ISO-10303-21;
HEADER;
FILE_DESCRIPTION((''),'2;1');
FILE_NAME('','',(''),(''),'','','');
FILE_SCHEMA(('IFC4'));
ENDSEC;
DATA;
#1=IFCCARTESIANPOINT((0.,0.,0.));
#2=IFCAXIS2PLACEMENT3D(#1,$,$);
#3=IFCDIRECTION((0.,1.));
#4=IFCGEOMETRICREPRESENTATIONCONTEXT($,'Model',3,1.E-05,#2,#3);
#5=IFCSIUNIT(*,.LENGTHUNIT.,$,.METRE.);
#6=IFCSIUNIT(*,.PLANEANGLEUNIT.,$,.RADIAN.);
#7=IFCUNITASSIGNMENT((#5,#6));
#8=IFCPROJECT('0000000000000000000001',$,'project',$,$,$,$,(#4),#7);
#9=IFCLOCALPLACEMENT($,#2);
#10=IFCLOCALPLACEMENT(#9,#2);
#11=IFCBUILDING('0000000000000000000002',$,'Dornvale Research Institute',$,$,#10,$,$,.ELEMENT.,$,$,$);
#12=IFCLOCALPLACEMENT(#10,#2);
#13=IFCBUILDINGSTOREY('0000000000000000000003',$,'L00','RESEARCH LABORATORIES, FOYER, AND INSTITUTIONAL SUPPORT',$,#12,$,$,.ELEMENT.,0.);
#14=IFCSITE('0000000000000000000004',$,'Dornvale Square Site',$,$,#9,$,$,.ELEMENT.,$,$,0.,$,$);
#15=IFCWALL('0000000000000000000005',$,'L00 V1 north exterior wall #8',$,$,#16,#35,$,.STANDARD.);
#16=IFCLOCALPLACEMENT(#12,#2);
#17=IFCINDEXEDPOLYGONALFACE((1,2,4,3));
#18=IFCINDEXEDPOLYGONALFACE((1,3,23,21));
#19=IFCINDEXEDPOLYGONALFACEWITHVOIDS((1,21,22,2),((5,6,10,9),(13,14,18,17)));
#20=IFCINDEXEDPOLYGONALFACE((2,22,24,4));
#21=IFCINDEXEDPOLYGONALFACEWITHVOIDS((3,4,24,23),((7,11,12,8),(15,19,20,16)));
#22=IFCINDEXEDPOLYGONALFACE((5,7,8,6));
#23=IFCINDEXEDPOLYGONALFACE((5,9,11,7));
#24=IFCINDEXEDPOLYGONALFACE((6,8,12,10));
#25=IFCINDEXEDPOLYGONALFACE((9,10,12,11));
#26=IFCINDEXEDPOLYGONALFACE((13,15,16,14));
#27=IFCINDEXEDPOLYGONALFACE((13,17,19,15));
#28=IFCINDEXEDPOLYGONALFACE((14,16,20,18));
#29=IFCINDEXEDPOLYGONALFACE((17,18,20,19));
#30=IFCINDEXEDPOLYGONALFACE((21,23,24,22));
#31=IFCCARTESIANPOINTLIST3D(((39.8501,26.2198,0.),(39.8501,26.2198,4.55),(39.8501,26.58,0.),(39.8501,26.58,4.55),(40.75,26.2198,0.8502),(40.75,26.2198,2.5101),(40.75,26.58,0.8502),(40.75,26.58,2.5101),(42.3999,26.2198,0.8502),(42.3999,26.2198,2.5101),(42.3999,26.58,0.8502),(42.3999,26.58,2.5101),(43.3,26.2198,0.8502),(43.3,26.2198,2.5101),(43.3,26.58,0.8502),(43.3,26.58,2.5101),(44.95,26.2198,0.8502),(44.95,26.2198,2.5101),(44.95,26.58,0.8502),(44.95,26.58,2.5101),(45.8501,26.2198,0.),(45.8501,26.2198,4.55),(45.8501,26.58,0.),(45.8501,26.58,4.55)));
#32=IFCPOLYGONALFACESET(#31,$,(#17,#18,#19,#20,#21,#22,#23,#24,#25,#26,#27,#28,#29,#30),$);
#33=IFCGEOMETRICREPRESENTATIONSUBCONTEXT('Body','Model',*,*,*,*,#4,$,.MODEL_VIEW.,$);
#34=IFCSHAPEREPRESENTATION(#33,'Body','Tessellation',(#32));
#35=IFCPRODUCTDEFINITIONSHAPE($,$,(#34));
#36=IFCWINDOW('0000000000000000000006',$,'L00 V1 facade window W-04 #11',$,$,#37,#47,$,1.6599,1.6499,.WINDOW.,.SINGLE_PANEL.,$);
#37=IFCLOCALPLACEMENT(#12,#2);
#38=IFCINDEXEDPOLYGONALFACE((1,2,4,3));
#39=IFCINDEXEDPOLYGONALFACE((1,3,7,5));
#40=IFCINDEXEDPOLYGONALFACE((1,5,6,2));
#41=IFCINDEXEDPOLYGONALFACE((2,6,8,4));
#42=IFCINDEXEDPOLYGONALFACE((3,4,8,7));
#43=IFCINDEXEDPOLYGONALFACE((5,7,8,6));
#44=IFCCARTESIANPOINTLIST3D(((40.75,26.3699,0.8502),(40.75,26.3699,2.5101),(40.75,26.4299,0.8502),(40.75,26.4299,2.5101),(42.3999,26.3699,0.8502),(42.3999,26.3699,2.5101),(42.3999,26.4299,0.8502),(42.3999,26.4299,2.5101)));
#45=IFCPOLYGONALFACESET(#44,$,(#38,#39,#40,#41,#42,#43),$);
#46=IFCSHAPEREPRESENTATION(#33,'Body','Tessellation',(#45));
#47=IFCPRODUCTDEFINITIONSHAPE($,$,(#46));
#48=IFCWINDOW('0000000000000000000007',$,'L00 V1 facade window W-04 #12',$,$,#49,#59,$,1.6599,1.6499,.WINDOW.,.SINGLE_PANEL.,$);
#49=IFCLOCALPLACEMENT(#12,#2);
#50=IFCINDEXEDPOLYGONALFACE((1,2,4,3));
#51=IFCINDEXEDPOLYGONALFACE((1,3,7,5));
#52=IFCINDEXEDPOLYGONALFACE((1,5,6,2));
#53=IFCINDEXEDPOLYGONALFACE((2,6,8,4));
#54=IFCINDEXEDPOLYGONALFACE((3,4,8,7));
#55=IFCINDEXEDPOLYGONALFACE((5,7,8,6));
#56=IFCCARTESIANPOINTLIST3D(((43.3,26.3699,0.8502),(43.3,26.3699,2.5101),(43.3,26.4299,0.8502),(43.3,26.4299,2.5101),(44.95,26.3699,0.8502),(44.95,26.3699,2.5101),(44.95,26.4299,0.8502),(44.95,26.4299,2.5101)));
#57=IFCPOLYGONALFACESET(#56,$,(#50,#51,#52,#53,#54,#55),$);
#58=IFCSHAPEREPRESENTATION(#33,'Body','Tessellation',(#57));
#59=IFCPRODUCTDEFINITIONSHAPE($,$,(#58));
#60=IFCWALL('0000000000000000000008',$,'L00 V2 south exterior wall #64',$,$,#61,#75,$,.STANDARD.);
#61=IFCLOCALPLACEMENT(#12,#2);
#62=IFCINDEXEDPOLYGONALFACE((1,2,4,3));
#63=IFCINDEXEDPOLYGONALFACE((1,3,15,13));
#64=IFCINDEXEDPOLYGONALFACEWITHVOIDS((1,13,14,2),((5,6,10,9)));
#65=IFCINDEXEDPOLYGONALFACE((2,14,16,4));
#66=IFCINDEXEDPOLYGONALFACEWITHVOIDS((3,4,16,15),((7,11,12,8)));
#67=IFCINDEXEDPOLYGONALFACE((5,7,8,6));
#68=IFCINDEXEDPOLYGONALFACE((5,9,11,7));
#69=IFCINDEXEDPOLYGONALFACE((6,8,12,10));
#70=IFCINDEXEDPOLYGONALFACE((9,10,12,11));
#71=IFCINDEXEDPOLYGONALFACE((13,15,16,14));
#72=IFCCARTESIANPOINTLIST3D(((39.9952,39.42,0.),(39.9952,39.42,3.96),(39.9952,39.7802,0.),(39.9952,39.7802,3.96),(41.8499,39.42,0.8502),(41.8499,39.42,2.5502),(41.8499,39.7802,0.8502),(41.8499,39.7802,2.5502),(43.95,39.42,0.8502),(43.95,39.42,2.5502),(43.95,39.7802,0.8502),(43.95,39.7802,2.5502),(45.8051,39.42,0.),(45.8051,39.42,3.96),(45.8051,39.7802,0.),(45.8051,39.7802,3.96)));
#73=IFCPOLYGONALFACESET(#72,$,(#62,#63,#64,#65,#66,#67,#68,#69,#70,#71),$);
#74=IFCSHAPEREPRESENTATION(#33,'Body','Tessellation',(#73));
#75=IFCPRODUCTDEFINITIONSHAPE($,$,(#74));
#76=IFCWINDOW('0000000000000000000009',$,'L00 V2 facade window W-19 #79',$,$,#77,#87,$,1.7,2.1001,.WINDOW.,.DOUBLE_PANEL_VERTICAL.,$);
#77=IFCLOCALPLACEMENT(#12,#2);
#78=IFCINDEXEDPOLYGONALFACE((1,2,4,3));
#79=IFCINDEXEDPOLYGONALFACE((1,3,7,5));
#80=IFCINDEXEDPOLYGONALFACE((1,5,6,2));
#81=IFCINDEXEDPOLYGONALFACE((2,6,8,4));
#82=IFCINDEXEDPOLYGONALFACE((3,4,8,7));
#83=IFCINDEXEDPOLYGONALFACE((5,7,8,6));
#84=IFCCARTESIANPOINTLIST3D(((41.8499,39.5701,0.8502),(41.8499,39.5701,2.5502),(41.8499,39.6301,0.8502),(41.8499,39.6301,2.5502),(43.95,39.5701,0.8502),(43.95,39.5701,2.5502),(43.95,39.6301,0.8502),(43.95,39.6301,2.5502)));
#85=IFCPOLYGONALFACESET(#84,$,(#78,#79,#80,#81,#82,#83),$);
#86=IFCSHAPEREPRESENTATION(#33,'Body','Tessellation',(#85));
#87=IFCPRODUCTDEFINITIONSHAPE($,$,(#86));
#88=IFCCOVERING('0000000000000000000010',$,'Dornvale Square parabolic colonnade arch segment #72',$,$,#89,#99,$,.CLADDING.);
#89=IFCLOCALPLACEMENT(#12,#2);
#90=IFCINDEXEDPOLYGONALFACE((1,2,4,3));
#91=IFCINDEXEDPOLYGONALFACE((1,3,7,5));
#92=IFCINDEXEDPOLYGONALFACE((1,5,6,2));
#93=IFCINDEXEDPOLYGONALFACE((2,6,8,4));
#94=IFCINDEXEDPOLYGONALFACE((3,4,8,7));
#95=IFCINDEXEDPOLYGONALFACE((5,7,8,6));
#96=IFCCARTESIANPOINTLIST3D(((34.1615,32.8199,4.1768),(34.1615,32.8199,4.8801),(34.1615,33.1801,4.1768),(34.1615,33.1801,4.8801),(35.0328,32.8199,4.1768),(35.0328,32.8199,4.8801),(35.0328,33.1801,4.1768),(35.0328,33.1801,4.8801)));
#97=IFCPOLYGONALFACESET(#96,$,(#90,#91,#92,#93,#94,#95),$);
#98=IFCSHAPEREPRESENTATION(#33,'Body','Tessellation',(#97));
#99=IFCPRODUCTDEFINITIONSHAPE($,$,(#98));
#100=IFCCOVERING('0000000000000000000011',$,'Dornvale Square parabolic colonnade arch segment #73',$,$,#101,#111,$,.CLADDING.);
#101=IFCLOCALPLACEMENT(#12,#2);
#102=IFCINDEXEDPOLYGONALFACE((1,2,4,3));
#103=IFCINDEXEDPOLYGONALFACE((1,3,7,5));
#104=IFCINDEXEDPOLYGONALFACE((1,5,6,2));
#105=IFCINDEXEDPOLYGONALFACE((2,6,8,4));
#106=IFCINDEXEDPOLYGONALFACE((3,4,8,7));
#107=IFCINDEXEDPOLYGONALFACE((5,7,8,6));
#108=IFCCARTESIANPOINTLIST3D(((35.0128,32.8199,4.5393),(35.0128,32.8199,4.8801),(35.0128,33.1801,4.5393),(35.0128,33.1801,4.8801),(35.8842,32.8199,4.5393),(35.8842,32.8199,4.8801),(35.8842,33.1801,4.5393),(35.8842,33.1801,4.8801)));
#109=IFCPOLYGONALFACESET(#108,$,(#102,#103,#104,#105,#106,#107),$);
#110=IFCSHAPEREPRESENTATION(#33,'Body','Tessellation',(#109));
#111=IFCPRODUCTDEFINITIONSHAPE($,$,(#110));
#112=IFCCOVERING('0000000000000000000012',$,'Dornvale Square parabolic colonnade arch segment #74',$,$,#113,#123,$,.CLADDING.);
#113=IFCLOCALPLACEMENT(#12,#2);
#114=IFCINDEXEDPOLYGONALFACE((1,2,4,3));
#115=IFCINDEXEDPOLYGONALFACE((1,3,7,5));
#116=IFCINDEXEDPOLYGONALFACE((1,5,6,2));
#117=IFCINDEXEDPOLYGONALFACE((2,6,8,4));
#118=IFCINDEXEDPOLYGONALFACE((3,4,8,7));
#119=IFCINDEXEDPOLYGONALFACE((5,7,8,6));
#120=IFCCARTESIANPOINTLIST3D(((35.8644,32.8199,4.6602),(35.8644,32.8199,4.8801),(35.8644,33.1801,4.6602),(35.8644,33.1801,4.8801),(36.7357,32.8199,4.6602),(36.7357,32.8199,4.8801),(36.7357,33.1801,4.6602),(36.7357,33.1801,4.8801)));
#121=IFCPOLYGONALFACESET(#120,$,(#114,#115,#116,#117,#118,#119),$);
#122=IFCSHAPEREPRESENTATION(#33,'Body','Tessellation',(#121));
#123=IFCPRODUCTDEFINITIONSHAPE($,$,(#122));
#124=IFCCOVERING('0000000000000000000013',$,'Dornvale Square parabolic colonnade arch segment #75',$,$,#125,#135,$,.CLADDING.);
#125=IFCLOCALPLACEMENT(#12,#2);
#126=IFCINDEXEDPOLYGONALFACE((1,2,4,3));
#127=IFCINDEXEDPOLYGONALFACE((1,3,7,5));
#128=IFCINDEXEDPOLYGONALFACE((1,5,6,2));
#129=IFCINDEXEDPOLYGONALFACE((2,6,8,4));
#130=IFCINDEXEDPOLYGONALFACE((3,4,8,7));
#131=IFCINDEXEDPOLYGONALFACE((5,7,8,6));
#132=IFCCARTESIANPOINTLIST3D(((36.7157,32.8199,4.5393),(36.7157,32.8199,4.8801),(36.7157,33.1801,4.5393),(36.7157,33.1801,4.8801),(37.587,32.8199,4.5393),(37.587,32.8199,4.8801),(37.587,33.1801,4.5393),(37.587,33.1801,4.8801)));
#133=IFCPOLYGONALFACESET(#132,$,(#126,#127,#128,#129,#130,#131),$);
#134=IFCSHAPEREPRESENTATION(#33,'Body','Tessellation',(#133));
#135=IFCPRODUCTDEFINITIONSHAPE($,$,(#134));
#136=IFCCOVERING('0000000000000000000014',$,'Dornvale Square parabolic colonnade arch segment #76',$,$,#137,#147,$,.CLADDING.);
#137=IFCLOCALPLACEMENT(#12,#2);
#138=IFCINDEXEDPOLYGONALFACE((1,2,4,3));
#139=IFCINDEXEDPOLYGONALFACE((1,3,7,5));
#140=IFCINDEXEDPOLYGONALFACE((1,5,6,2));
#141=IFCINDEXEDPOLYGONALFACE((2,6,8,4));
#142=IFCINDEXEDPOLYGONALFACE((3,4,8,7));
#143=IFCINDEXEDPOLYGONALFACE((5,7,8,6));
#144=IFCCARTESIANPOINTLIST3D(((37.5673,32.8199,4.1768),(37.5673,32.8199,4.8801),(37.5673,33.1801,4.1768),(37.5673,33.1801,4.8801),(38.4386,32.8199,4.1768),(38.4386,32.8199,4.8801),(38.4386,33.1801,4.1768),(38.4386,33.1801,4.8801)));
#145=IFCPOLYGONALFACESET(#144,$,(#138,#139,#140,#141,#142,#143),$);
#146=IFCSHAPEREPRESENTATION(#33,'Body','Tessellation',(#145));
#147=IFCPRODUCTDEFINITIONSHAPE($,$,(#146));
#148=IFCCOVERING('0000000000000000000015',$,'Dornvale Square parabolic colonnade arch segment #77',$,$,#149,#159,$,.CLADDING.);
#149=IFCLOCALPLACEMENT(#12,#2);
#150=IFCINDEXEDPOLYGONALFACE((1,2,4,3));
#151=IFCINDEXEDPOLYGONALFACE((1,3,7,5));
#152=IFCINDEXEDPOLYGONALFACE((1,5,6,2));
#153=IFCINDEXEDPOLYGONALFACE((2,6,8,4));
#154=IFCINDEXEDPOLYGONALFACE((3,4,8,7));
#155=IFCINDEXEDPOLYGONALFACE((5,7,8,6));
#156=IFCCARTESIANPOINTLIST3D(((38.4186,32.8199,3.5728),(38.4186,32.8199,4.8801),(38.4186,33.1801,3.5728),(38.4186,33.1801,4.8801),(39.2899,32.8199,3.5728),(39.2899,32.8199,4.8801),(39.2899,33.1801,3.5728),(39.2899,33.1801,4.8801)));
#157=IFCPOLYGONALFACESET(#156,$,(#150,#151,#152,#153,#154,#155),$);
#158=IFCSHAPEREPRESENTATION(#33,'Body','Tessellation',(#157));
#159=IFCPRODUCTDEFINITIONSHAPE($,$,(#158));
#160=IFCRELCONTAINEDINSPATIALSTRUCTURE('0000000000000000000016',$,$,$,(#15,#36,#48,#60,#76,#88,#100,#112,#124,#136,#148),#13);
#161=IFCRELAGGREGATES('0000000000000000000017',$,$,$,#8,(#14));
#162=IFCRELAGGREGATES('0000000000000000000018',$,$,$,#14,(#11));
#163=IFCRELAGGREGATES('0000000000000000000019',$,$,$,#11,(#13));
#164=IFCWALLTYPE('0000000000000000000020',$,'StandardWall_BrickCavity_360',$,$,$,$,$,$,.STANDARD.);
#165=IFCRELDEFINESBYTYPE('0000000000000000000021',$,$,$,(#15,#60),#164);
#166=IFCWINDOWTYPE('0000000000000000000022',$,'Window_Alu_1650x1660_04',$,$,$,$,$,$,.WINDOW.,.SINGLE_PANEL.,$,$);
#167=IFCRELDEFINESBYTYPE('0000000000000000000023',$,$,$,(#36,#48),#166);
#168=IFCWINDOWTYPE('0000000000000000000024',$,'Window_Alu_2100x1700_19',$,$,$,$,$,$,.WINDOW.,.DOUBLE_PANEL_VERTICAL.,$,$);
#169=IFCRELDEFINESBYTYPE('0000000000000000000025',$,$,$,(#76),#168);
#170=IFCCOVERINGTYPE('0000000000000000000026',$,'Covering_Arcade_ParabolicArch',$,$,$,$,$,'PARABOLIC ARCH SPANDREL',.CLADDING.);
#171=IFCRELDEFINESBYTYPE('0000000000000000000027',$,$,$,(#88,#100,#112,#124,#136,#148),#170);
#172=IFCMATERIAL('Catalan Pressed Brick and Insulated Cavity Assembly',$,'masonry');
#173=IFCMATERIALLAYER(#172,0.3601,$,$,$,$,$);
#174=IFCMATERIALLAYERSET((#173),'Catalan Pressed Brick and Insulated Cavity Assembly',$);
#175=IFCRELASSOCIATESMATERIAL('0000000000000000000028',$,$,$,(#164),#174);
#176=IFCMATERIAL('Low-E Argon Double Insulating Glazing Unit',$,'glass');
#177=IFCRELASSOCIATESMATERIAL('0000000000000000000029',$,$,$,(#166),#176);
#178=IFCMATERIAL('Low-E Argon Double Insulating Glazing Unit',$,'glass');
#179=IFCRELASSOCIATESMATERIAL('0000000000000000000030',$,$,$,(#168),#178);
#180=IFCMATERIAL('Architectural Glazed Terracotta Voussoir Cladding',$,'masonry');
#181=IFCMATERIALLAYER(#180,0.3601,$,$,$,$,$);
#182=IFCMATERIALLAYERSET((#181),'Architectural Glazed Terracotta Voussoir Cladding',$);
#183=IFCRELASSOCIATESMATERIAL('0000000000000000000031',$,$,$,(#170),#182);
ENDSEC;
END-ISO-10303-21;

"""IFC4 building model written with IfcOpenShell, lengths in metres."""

from ifc_helpers import new_model, si_unit, direction, frame, frame_2d, origin, origin_2d, place, context, subcontext, project, spatial, rectangle, extrude, material, layer, layer_set, type_object, element, fill, save


model = new_model("IFC4")

# Units and contexts
model_context = context("Model", 3, precision=1e-05, world=origin(), true_north=direction((0.0, 1.0)))
body_context = subcontext(model_context, "Body", "Model", "MODEL_VIEW")
ifc_project = project(units=[si_unit("LENGTHUNIT", "METRE"), si_unit("PLANEANGLEUNIT", "RADIAN")], contexts=[model_context])

# Site, building, storey
site_placement = place(None, origin())
site = spatial("IfcSite", under=ifc_project, at=site_placement, Name="Dornvale Square Site", CompositionType="ELEMENT", RefElevation=0.0)
building_placement = place(site_placement, origin())
building = spatial("IfcBuilding", under=site, at=building_placement, Name="Dornvale Research Institute", CompositionType="ELEMENT")
storey_placement = place(building_placement, origin())
storey = spatial("IfcBuildingStorey", under=building, at=storey_placement, Name="L00", Description="RESEARCH LABORATORIES, FOYER, AND INSTITUTIONAL SUPPORT", CompositionType="ELEMENT", Elevation=0.0)

# Wall, openings, windows
ifc_material_1 = material(Name="Catalan Pressed Brick and Insulated Cavity Assembly", Category="masonry")
ifc_layer_1 = layer(ifc_material_1, 0.3601)
ifc_layer_set_1 = layer_set([ifc_layer_1], Name="Catalan Pressed Brick and Insulated Cavity Assembly")
wall_type = type_object("IfcWallType", Name="StandardWall_BrickCavity_360", PredefinedType="STANDARD", material=ifc_layer_set_1)
wall_1_placement = place(storey_placement, frame((39.8501, 26.3999, 0.0), z_axis=(0.0, 0.0, 1.0), x_axis=(1.0, 0.0, 0.0)))
wall_1 = element("IfcWall", 1, at=wall_1_placement, inside=storey, type_object=wall_type, Name="L00 V1 north exterior wall #8", PredefinedType="STANDARD", context=body_context, shape_type="SweptSolid", body=[
    extrude(rectangle(XDim=6.0, YDim=0.3601, at=frame_2d((3.0, 0.0))), origin(), (0.0, 0.0, 1.0), 4.55),
])
opening_1_placement = place(wall_1_placement, frame((0.8999, 0.0, 0.8501)))
opening_1 = element("IfcOpeningElement", 2, at=opening_1_placement, cuts=wall_1, PredefinedType="OPENING", context=body_context, shape_type="SweptSolid", body=[
    extrude(rectangle(XDim=1.6499, YDim=1.6599, at=frame_2d((0.825, 0.8301))), frame((0.0, 0.1951, 0.0), z_axis=(0.0, -1.0, 0.0), x_axis=(1.0, 0.0, 0.0)), (0.0, 0.0, 1.0), 0.3901),
])
opening_2_placement = place(wall_1_placement, frame((3.45, 0.0, 0.8501)))
opening_2 = element("IfcOpeningElement", 3, at=opening_2_placement, cuts=wall_1, PredefinedType="OPENING", context=body_context, shape_type="SweptSolid", body=[
    extrude(rectangle(XDim=1.6499, YDim=1.6599, at=frame_2d((0.825, 0.8301))), frame((0.0, 0.1951, 0.0), z_axis=(0.0, -1.0, 0.0), x_axis=(1.0, 0.0, 0.0)), (0.0, 0.0, 1.0), 0.3901),
])
ifc_material_2 = material(Name="Low-E Argon Double Insulating Glazing Unit", Category="glass")
window_type_1 = type_object("IfcWindowType", Name="Window_Alu_1650x1660_04", PartitioningType="SINGLE_PANEL", PredefinedType="WINDOW", material=ifc_material_2)
window_1_placement = place(opening_1_placement, origin())
window_1 = element("IfcWindow", 4, at=window_1_placement, inside=storey, type_object=window_type_1, Name="L00 V1 facade window W-04 #11", OverallHeight=1.6599, OverallWidth=1.6499, PartitioningType="SINGLE_PANEL", PredefinedType="WINDOW", context=body_context, shape_type="SweptSolid", body=[
    extrude(rectangle(XDim=1.6499, YDim=1.6599, at=frame_2d((0.825, 0.8301))), frame((0.0, 0.03, 0.0), z_axis=(0.0, -1.0, 0.0), x_axis=(1.0, 0.0, 0.0)), (0.0, 0.0, 1.0), 0.0601),
])
fill(opening_1, window_1)
window_2_placement = place(opening_2_placement, origin())
window_2 = element("IfcWindow", 5, at=window_2_placement, inside=storey, type_object=window_type_1, Name="L00 V1 facade window W-04 #12", OverallHeight=1.6599, OverallWidth=1.6499, PartitioningType="SINGLE_PANEL", PredefinedType="WINDOW", context=body_context, shape_type="SweptSolid", body=[
    extrude(rectangle(XDim=1.6499, YDim=1.6599, at=frame_2d((0.825, 0.8301))), frame((0.0, 0.03, 0.0), z_axis=(0.0, -1.0, 0.0), x_axis=(1.0, 0.0, 0.0)), (0.0, 0.0, 1.0), 0.0601),
])
fill(opening_2, window_2)

# Wall, opening, window
wall_2_placement = place(storey_placement, frame((45.8049, 39.6001, 0.0), z_axis=(0.0, 0.0, 1.0), x_axis=(-1.0, 0.0, 0.0)))
wall_2 = element("IfcWall", 6, at=wall_2_placement, inside=storey, type_object=wall_type, Name="L00 V2 south exterior wall #64", PredefinedType="STANDARD", context=body_context, shape_type="SweptSolid", body=[
    extrude(rectangle(XDim=5.8098, YDim=0.3601, at=frame_2d((2.9048, 0.0))), origin(), (0.0, 0.0, 1.0), 3.96),
])
opening_3_placement = place(wall_2_placement, frame((1.855, 0.0, 0.8501)))
opening_3 = element("IfcOpeningElement", 7, at=opening_3_placement, cuts=wall_2, PredefinedType="OPENING", context=body_context, shape_type="SweptSolid", body=[
    extrude(rectangle(XDim=2.1001, YDim=1.7, at=frame_2d((1.05, 0.8501))), frame((0.0, 0.1951, 0.0), z_axis=(0.0, -1.0, 0.0), x_axis=(1.0, 0.0, 0.0)), (0.0, 0.0, 1.0), 0.3901),
])
ifc_material_3 = material(Name="Low-E Argon Double Insulating Glazing Unit", Category="glass")
window_type_2 = type_object("IfcWindowType", Name="Window_Alu_2100x1700_19", PartitioningType="DOUBLE_PANEL_VERTICAL", PredefinedType="WINDOW", material=ifc_material_3)
window_3_placement = place(opening_3_placement, origin())
window_3 = element("IfcWindow", 8, at=window_3_placement, inside=storey, type_object=window_type_2, Name="L00 V2 facade window W-19 #79", OverallHeight=1.7, OverallWidth=2.1001, PartitioningType="DOUBLE_PANEL_VERTICAL", PredefinedType="WINDOW", context=body_context, shape_type="SweptSolid", body=[
    extrude(rectangle(XDim=2.1001, YDim=1.7, at=frame_2d((1.05, 0.8501))), frame((0.0, 0.03, 0.0), z_axis=(0.0, -1.0, 0.0), x_axis=(1.0, 0.0, 0.0)), (0.0, 0.0, 1.0), 0.0601),
])
fill(opening_3, window_3)

# Coverings
ifc_material_4 = material(Name="Architectural Glazed Terracotta Voussoir Cladding", Category="masonry")
ifc_layer_2 = layer(ifc_material_4, 0.3601)
ifc_layer_set_2 = layer_set([ifc_layer_2], Name="Architectural Glazed Terracotta Voussoir Cladding")
covering_type = type_object("IfcCoveringType", Name="Covering_Arcade_ParabolicArch", ElementType="PARABOLIC ARCH SPANDREL", PredefinedType="CLADDING", material=ifc_layer_set_2)
covering_1_placement = place(storey_placement, frame((34.5972, 33.0, 4.1768), z_axis=(0.0, 0.0, 1.0), x_axis=(1.0, 0.0, 0.0)))
element("IfcCovering", 9, at=covering_1_placement, inside=storey, type_object=covering_type, Name="Dornvale Square parabolic colonnade arch segment #72", PredefinedType="CLADDING", context=body_context, shape_type="SweptSolid", body=[
    extrude(rectangle(XDim=0.8713, YDim=0.3601, at=origin_2d()), origin(), (0.0, 0.0, 1.0), 0.7034),
])
covering_2_placement = place(storey_placement, frame((35.4485, 33.0, 4.5393), z_axis=(0.0, 0.0, 1.0), x_axis=(1.0, 0.0, 0.0)))
element("IfcCovering", 10, at=covering_2_placement, inside=storey, type_object=covering_type, Name="Dornvale Square parabolic colonnade arch segment #73", PredefinedType="CLADDING", context=body_context, shape_type="SweptSolid", body=[
    extrude(rectangle(XDim=0.8713, YDim=0.3601, at=origin_2d()), origin(), (0.0, 0.0, 1.0), 0.3408),
])
covering_3_placement = place(storey_placement, frame((36.3, 33.0, 4.6602), z_axis=(0.0, 0.0, 1.0), x_axis=(1.0, 0.0, 0.0)))
element("IfcCovering", 11, at=covering_3_placement, inside=storey, type_object=covering_type, Name="Dornvale Square parabolic colonnade arch segment #74", PredefinedType="CLADDING", context=body_context, shape_type="SweptSolid", body=[
    extrude(rectangle(XDim=0.8713, YDim=0.3601, at=origin_2d()), origin(), (0.0, 0.0, 1.0), 0.22),
])
covering_4_placement = place(storey_placement, frame((37.1514, 33.0, 4.5393), z_axis=(0.0, 0.0, 1.0), x_axis=(1.0, 0.0, 0.0)))
element("IfcCovering", 12, at=covering_4_placement, inside=storey, type_object=covering_type, Name="Dornvale Square parabolic colonnade arch segment #75", PredefinedType="CLADDING", context=body_context, shape_type="SweptSolid", body=[
    extrude(rectangle(XDim=0.8713, YDim=0.3601, at=origin_2d()), origin(), (0.0, 0.0, 1.0), 0.3408),
])
covering_5_placement = place(storey_placement, frame((38.0029, 33.0, 4.1768), z_axis=(0.0, 0.0, 1.0), x_axis=(1.0, 0.0, 0.0)))
element("IfcCovering", 13, at=covering_5_placement, inside=storey, type_object=covering_type, Name="Dornvale Square parabolic colonnade arch segment #76", PredefinedType="CLADDING", context=body_context, shape_type="SweptSolid", body=[
    extrude(rectangle(XDim=0.8713, YDim=0.3601, at=origin_2d()), origin(), (0.0, 0.0, 1.0), 0.7034),
])
covering_6_placement = place(storey_placement, frame((38.8542, 33.0, 3.5728), z_axis=(0.0, 0.0, 1.0), x_axis=(1.0, 0.0, 0.0)))
element("IfcCovering", 14, at=covering_6_placement, inside=storey, type_object=covering_type, Name="Dornvale Square parabolic colonnade arch segment #77", PredefinedType="CLADDING", context=body_context, shape_type="SweptSolid", body=[
    extrude(rectangle(XDim=0.8713, YDim=0.3601, at=origin_2d()), origin(), (0.0, 0.0, 1.0), 1.3074),
])

save(model, "model.ifc")
